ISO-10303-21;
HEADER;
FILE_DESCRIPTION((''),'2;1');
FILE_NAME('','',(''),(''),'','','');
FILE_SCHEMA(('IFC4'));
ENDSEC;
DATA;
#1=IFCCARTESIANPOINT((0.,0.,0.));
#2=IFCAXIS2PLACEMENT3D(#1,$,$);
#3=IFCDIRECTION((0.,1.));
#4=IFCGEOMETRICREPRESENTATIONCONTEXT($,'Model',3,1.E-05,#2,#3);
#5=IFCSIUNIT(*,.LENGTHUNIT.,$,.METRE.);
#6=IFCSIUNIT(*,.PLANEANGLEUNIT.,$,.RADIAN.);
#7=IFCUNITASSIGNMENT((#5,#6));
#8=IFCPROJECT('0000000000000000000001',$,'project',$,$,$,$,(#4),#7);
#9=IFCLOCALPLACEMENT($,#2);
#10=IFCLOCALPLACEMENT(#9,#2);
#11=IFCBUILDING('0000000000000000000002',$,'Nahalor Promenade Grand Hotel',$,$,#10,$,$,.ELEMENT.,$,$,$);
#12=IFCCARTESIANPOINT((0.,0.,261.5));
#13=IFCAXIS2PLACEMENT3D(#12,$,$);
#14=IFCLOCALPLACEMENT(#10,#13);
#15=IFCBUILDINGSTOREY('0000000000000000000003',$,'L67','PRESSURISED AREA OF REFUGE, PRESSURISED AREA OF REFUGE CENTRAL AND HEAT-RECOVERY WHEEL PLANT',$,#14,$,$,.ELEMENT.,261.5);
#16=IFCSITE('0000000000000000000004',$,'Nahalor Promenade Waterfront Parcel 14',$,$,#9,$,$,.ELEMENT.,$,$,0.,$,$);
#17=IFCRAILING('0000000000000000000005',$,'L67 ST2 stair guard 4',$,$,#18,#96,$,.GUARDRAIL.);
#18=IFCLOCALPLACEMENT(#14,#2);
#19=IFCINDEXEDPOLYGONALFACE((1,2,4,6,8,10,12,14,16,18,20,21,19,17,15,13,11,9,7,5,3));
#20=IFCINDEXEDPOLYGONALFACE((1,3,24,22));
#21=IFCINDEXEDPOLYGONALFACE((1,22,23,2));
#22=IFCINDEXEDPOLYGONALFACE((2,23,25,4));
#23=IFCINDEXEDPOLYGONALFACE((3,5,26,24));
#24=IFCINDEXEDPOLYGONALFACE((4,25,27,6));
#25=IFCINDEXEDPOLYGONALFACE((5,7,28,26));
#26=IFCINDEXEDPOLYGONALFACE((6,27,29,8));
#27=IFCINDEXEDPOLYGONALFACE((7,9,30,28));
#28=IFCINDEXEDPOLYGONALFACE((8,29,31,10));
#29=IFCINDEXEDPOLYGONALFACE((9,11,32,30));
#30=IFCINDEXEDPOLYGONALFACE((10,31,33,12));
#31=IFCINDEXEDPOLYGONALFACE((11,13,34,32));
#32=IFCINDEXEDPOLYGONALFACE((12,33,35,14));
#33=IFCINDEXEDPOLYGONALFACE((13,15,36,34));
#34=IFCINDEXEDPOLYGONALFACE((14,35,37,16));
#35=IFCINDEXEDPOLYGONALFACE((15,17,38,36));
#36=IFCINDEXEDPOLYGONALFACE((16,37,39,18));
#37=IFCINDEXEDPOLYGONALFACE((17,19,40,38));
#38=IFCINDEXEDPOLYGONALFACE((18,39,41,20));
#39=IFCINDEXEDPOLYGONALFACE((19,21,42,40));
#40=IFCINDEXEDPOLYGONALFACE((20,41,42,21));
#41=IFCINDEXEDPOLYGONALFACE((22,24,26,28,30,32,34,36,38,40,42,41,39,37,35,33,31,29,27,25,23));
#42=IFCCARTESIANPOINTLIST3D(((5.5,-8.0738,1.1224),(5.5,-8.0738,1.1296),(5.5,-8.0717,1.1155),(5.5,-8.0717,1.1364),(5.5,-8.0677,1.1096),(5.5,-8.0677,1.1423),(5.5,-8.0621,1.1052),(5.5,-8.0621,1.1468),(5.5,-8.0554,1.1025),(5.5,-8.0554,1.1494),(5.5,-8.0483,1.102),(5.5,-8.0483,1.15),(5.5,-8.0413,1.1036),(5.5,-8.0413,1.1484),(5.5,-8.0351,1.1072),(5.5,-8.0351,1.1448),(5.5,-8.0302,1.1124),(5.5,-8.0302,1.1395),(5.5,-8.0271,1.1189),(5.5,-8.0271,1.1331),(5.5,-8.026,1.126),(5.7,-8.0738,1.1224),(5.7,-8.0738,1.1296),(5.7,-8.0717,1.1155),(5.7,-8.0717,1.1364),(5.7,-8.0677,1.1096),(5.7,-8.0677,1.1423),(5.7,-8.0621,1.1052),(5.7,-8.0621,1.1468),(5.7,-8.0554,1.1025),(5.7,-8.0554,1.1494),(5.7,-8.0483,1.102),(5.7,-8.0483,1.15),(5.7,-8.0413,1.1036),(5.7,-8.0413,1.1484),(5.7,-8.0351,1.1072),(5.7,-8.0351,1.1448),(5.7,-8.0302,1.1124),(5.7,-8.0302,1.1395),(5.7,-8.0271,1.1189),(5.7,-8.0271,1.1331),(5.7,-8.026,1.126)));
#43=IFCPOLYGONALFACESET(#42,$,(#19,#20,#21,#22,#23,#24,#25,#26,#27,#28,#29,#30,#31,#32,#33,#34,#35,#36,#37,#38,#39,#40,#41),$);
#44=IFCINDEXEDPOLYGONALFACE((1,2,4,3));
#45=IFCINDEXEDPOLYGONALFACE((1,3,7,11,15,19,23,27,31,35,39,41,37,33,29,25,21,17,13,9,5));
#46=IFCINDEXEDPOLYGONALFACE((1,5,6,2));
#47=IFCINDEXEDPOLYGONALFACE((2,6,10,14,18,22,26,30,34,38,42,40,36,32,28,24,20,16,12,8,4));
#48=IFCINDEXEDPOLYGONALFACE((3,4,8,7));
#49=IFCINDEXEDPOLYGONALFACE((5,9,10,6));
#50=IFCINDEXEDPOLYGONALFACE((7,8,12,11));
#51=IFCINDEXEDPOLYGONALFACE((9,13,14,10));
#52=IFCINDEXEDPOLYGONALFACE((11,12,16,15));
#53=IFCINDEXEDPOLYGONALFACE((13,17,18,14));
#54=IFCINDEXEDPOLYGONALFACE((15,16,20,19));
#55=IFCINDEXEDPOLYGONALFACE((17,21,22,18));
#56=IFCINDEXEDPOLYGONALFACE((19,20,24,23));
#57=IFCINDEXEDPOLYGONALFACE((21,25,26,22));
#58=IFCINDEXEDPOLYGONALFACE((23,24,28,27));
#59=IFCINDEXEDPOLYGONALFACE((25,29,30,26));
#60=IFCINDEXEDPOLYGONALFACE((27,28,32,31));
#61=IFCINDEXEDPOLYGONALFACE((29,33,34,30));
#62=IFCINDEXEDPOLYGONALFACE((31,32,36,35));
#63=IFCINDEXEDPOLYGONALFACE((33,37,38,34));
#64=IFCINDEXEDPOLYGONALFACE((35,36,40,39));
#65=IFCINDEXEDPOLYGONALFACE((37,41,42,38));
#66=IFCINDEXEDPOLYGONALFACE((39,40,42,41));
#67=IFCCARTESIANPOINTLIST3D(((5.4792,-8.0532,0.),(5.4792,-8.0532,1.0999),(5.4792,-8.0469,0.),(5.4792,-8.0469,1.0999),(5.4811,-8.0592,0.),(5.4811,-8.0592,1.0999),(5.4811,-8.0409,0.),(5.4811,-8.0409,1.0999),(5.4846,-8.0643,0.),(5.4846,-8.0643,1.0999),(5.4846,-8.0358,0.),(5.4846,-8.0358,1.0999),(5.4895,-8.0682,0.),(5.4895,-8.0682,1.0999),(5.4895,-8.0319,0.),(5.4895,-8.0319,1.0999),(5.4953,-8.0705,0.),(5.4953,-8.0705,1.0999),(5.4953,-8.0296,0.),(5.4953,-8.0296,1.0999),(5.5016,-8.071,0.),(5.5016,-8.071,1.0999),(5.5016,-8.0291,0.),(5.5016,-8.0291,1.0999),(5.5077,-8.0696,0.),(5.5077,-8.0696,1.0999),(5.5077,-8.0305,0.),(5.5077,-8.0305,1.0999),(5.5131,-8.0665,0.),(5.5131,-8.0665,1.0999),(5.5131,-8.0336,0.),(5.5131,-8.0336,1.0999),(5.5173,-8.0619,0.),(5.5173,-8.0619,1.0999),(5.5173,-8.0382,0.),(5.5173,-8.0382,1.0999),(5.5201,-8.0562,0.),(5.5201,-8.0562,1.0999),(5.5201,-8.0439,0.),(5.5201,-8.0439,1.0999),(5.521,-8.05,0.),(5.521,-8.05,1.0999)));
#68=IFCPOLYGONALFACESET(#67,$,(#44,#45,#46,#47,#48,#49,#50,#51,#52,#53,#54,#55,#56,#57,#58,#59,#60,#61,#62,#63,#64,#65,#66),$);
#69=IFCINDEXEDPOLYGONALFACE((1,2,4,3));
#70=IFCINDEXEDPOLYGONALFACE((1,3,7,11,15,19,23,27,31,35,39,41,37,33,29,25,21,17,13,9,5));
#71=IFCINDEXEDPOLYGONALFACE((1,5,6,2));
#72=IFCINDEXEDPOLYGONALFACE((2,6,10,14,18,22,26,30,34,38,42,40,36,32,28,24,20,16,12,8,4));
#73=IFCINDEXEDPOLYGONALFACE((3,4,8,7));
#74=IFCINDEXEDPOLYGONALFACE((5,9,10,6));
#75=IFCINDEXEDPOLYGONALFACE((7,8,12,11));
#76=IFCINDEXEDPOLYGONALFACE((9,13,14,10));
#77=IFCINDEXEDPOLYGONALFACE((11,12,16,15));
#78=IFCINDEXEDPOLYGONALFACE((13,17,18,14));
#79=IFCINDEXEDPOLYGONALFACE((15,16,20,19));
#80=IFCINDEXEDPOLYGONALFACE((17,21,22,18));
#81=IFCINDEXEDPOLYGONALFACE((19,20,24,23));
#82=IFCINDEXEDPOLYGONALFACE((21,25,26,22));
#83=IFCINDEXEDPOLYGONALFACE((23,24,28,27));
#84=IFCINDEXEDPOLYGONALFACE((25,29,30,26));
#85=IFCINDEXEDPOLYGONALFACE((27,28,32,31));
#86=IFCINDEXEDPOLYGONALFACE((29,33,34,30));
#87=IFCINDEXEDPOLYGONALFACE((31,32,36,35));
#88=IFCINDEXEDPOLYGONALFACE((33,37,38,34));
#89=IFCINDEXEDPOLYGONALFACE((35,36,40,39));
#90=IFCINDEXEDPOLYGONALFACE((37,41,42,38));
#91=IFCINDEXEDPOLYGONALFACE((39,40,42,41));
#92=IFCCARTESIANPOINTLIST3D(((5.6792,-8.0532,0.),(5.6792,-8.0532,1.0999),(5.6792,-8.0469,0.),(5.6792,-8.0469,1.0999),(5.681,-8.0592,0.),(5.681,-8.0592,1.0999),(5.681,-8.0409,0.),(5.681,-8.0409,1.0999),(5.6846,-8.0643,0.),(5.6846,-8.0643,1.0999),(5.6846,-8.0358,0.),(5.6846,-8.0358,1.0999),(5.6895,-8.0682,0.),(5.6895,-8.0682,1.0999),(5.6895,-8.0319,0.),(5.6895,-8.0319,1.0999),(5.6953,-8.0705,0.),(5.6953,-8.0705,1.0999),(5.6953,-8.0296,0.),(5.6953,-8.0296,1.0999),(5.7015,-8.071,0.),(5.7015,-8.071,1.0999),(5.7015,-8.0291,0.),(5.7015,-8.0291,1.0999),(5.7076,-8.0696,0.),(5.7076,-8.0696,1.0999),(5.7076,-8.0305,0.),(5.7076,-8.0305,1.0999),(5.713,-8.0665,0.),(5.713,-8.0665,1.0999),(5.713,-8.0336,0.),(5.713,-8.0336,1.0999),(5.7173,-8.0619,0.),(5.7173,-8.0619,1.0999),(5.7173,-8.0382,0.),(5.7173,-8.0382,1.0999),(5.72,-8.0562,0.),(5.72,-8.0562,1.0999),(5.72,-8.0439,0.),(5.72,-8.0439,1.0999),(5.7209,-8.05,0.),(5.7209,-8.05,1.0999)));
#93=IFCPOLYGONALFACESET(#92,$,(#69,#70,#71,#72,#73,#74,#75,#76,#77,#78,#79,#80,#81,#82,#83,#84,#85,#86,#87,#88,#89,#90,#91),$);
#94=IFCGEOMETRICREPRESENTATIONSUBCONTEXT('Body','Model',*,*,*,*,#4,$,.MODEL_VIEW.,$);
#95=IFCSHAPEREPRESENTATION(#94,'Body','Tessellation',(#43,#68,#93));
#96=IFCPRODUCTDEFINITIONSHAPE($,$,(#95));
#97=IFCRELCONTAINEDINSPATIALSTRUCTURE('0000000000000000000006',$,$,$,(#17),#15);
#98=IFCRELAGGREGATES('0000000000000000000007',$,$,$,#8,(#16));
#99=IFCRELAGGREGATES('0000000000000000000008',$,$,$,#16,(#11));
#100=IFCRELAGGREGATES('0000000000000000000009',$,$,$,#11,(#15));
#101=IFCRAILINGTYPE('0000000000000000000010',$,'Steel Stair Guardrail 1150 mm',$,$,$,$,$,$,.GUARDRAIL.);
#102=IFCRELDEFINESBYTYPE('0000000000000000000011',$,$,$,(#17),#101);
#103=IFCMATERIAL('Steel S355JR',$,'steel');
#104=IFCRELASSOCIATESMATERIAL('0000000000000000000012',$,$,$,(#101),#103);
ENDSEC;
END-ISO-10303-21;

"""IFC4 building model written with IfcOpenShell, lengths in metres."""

from ifc_helpers import new_model, si_unit, direction, frame, origin, origin_2d, place, context, subcontext, project, spatial, circle, extrude, material, type_object, element, save


model = new_model("IFC4")

# Units and contexts
model_context = context("Model", 3, precision=1e-05, world=origin(), true_north=direction((0.0, 1.0)))
body_context = subcontext(model_context, "Body", "Model", "MODEL_VIEW")
ifc_project = project(units=[si_unit("LENGTHUNIT", "METRE"), si_unit("PLANEANGLEUNIT", "RADIAN")], contexts=[model_context])

# Site, building, storey
site_placement = place(None, origin())
site = spatial("IfcSite", under=ifc_project, at=site_placement, Name="Nahalor Promenade Waterfront Parcel 14", CompositionType="ELEMENT", RefElevation=0.0)
building_placement = place(site_placement, origin())
building = spatial("IfcBuilding", under=site, at=building_placement, Name="Nahalor Promenade Grand Hotel", CompositionType="ELEMENT")
storey_placement = place(building_placement, frame((0.0, 0.0, 261.5)))
storey = spatial("IfcBuildingStorey", under=building, at=storey_placement, Name="L67", Description="PRESSURISED AREA OF REFUGE, PRESSURISED AREA OF REFUGE CENTRAL AND HEAT-RECOVERY WHEEL PLANT", CompositionType="ELEMENT", Elevation=261.5)

# Shared definitions
ifc_material_1 = material(Name="Steel S355JR", Category="steel")

# Railing
railing_type_1 = type_object("IfcRailingType", Name="Steel Stair Guardrail 1150 mm", PredefinedType="GUARDRAIL", material=ifc_material_1)
railing_1_placement = place(storey_placement, frame((5.5, -8.05, 0.0)))
element("IfcRailing", 1, at=railing_1_placement, inside=storey, type_object=railing_type_1, Name="L67 ST2 stair guard 4", PredefinedType="GUARDRAIL", context=body_context, shape_type="SweptSolid", body=[
    extrude(circle(Radius=0.024, at=origin_2d()), frame((0.0, 0.0, 1.126), z_axis=(1.0, 0.0, 0.0), x_axis=(0.0, 1.0, 0.0)), (0.0, 0.0, 1.0), 0.2),
    extrude(circle(Radius=0.021, at=origin_2d()), origin(), (0.0, 0.0, 1.0), 1.0999),
    extrude(circle(Radius=0.021, at=origin_2d()), frame((0.2, 0.0, 0.0)), (0.0, 0.0, 1.0), 1.0999),
])

save(model, "model.ifc")
